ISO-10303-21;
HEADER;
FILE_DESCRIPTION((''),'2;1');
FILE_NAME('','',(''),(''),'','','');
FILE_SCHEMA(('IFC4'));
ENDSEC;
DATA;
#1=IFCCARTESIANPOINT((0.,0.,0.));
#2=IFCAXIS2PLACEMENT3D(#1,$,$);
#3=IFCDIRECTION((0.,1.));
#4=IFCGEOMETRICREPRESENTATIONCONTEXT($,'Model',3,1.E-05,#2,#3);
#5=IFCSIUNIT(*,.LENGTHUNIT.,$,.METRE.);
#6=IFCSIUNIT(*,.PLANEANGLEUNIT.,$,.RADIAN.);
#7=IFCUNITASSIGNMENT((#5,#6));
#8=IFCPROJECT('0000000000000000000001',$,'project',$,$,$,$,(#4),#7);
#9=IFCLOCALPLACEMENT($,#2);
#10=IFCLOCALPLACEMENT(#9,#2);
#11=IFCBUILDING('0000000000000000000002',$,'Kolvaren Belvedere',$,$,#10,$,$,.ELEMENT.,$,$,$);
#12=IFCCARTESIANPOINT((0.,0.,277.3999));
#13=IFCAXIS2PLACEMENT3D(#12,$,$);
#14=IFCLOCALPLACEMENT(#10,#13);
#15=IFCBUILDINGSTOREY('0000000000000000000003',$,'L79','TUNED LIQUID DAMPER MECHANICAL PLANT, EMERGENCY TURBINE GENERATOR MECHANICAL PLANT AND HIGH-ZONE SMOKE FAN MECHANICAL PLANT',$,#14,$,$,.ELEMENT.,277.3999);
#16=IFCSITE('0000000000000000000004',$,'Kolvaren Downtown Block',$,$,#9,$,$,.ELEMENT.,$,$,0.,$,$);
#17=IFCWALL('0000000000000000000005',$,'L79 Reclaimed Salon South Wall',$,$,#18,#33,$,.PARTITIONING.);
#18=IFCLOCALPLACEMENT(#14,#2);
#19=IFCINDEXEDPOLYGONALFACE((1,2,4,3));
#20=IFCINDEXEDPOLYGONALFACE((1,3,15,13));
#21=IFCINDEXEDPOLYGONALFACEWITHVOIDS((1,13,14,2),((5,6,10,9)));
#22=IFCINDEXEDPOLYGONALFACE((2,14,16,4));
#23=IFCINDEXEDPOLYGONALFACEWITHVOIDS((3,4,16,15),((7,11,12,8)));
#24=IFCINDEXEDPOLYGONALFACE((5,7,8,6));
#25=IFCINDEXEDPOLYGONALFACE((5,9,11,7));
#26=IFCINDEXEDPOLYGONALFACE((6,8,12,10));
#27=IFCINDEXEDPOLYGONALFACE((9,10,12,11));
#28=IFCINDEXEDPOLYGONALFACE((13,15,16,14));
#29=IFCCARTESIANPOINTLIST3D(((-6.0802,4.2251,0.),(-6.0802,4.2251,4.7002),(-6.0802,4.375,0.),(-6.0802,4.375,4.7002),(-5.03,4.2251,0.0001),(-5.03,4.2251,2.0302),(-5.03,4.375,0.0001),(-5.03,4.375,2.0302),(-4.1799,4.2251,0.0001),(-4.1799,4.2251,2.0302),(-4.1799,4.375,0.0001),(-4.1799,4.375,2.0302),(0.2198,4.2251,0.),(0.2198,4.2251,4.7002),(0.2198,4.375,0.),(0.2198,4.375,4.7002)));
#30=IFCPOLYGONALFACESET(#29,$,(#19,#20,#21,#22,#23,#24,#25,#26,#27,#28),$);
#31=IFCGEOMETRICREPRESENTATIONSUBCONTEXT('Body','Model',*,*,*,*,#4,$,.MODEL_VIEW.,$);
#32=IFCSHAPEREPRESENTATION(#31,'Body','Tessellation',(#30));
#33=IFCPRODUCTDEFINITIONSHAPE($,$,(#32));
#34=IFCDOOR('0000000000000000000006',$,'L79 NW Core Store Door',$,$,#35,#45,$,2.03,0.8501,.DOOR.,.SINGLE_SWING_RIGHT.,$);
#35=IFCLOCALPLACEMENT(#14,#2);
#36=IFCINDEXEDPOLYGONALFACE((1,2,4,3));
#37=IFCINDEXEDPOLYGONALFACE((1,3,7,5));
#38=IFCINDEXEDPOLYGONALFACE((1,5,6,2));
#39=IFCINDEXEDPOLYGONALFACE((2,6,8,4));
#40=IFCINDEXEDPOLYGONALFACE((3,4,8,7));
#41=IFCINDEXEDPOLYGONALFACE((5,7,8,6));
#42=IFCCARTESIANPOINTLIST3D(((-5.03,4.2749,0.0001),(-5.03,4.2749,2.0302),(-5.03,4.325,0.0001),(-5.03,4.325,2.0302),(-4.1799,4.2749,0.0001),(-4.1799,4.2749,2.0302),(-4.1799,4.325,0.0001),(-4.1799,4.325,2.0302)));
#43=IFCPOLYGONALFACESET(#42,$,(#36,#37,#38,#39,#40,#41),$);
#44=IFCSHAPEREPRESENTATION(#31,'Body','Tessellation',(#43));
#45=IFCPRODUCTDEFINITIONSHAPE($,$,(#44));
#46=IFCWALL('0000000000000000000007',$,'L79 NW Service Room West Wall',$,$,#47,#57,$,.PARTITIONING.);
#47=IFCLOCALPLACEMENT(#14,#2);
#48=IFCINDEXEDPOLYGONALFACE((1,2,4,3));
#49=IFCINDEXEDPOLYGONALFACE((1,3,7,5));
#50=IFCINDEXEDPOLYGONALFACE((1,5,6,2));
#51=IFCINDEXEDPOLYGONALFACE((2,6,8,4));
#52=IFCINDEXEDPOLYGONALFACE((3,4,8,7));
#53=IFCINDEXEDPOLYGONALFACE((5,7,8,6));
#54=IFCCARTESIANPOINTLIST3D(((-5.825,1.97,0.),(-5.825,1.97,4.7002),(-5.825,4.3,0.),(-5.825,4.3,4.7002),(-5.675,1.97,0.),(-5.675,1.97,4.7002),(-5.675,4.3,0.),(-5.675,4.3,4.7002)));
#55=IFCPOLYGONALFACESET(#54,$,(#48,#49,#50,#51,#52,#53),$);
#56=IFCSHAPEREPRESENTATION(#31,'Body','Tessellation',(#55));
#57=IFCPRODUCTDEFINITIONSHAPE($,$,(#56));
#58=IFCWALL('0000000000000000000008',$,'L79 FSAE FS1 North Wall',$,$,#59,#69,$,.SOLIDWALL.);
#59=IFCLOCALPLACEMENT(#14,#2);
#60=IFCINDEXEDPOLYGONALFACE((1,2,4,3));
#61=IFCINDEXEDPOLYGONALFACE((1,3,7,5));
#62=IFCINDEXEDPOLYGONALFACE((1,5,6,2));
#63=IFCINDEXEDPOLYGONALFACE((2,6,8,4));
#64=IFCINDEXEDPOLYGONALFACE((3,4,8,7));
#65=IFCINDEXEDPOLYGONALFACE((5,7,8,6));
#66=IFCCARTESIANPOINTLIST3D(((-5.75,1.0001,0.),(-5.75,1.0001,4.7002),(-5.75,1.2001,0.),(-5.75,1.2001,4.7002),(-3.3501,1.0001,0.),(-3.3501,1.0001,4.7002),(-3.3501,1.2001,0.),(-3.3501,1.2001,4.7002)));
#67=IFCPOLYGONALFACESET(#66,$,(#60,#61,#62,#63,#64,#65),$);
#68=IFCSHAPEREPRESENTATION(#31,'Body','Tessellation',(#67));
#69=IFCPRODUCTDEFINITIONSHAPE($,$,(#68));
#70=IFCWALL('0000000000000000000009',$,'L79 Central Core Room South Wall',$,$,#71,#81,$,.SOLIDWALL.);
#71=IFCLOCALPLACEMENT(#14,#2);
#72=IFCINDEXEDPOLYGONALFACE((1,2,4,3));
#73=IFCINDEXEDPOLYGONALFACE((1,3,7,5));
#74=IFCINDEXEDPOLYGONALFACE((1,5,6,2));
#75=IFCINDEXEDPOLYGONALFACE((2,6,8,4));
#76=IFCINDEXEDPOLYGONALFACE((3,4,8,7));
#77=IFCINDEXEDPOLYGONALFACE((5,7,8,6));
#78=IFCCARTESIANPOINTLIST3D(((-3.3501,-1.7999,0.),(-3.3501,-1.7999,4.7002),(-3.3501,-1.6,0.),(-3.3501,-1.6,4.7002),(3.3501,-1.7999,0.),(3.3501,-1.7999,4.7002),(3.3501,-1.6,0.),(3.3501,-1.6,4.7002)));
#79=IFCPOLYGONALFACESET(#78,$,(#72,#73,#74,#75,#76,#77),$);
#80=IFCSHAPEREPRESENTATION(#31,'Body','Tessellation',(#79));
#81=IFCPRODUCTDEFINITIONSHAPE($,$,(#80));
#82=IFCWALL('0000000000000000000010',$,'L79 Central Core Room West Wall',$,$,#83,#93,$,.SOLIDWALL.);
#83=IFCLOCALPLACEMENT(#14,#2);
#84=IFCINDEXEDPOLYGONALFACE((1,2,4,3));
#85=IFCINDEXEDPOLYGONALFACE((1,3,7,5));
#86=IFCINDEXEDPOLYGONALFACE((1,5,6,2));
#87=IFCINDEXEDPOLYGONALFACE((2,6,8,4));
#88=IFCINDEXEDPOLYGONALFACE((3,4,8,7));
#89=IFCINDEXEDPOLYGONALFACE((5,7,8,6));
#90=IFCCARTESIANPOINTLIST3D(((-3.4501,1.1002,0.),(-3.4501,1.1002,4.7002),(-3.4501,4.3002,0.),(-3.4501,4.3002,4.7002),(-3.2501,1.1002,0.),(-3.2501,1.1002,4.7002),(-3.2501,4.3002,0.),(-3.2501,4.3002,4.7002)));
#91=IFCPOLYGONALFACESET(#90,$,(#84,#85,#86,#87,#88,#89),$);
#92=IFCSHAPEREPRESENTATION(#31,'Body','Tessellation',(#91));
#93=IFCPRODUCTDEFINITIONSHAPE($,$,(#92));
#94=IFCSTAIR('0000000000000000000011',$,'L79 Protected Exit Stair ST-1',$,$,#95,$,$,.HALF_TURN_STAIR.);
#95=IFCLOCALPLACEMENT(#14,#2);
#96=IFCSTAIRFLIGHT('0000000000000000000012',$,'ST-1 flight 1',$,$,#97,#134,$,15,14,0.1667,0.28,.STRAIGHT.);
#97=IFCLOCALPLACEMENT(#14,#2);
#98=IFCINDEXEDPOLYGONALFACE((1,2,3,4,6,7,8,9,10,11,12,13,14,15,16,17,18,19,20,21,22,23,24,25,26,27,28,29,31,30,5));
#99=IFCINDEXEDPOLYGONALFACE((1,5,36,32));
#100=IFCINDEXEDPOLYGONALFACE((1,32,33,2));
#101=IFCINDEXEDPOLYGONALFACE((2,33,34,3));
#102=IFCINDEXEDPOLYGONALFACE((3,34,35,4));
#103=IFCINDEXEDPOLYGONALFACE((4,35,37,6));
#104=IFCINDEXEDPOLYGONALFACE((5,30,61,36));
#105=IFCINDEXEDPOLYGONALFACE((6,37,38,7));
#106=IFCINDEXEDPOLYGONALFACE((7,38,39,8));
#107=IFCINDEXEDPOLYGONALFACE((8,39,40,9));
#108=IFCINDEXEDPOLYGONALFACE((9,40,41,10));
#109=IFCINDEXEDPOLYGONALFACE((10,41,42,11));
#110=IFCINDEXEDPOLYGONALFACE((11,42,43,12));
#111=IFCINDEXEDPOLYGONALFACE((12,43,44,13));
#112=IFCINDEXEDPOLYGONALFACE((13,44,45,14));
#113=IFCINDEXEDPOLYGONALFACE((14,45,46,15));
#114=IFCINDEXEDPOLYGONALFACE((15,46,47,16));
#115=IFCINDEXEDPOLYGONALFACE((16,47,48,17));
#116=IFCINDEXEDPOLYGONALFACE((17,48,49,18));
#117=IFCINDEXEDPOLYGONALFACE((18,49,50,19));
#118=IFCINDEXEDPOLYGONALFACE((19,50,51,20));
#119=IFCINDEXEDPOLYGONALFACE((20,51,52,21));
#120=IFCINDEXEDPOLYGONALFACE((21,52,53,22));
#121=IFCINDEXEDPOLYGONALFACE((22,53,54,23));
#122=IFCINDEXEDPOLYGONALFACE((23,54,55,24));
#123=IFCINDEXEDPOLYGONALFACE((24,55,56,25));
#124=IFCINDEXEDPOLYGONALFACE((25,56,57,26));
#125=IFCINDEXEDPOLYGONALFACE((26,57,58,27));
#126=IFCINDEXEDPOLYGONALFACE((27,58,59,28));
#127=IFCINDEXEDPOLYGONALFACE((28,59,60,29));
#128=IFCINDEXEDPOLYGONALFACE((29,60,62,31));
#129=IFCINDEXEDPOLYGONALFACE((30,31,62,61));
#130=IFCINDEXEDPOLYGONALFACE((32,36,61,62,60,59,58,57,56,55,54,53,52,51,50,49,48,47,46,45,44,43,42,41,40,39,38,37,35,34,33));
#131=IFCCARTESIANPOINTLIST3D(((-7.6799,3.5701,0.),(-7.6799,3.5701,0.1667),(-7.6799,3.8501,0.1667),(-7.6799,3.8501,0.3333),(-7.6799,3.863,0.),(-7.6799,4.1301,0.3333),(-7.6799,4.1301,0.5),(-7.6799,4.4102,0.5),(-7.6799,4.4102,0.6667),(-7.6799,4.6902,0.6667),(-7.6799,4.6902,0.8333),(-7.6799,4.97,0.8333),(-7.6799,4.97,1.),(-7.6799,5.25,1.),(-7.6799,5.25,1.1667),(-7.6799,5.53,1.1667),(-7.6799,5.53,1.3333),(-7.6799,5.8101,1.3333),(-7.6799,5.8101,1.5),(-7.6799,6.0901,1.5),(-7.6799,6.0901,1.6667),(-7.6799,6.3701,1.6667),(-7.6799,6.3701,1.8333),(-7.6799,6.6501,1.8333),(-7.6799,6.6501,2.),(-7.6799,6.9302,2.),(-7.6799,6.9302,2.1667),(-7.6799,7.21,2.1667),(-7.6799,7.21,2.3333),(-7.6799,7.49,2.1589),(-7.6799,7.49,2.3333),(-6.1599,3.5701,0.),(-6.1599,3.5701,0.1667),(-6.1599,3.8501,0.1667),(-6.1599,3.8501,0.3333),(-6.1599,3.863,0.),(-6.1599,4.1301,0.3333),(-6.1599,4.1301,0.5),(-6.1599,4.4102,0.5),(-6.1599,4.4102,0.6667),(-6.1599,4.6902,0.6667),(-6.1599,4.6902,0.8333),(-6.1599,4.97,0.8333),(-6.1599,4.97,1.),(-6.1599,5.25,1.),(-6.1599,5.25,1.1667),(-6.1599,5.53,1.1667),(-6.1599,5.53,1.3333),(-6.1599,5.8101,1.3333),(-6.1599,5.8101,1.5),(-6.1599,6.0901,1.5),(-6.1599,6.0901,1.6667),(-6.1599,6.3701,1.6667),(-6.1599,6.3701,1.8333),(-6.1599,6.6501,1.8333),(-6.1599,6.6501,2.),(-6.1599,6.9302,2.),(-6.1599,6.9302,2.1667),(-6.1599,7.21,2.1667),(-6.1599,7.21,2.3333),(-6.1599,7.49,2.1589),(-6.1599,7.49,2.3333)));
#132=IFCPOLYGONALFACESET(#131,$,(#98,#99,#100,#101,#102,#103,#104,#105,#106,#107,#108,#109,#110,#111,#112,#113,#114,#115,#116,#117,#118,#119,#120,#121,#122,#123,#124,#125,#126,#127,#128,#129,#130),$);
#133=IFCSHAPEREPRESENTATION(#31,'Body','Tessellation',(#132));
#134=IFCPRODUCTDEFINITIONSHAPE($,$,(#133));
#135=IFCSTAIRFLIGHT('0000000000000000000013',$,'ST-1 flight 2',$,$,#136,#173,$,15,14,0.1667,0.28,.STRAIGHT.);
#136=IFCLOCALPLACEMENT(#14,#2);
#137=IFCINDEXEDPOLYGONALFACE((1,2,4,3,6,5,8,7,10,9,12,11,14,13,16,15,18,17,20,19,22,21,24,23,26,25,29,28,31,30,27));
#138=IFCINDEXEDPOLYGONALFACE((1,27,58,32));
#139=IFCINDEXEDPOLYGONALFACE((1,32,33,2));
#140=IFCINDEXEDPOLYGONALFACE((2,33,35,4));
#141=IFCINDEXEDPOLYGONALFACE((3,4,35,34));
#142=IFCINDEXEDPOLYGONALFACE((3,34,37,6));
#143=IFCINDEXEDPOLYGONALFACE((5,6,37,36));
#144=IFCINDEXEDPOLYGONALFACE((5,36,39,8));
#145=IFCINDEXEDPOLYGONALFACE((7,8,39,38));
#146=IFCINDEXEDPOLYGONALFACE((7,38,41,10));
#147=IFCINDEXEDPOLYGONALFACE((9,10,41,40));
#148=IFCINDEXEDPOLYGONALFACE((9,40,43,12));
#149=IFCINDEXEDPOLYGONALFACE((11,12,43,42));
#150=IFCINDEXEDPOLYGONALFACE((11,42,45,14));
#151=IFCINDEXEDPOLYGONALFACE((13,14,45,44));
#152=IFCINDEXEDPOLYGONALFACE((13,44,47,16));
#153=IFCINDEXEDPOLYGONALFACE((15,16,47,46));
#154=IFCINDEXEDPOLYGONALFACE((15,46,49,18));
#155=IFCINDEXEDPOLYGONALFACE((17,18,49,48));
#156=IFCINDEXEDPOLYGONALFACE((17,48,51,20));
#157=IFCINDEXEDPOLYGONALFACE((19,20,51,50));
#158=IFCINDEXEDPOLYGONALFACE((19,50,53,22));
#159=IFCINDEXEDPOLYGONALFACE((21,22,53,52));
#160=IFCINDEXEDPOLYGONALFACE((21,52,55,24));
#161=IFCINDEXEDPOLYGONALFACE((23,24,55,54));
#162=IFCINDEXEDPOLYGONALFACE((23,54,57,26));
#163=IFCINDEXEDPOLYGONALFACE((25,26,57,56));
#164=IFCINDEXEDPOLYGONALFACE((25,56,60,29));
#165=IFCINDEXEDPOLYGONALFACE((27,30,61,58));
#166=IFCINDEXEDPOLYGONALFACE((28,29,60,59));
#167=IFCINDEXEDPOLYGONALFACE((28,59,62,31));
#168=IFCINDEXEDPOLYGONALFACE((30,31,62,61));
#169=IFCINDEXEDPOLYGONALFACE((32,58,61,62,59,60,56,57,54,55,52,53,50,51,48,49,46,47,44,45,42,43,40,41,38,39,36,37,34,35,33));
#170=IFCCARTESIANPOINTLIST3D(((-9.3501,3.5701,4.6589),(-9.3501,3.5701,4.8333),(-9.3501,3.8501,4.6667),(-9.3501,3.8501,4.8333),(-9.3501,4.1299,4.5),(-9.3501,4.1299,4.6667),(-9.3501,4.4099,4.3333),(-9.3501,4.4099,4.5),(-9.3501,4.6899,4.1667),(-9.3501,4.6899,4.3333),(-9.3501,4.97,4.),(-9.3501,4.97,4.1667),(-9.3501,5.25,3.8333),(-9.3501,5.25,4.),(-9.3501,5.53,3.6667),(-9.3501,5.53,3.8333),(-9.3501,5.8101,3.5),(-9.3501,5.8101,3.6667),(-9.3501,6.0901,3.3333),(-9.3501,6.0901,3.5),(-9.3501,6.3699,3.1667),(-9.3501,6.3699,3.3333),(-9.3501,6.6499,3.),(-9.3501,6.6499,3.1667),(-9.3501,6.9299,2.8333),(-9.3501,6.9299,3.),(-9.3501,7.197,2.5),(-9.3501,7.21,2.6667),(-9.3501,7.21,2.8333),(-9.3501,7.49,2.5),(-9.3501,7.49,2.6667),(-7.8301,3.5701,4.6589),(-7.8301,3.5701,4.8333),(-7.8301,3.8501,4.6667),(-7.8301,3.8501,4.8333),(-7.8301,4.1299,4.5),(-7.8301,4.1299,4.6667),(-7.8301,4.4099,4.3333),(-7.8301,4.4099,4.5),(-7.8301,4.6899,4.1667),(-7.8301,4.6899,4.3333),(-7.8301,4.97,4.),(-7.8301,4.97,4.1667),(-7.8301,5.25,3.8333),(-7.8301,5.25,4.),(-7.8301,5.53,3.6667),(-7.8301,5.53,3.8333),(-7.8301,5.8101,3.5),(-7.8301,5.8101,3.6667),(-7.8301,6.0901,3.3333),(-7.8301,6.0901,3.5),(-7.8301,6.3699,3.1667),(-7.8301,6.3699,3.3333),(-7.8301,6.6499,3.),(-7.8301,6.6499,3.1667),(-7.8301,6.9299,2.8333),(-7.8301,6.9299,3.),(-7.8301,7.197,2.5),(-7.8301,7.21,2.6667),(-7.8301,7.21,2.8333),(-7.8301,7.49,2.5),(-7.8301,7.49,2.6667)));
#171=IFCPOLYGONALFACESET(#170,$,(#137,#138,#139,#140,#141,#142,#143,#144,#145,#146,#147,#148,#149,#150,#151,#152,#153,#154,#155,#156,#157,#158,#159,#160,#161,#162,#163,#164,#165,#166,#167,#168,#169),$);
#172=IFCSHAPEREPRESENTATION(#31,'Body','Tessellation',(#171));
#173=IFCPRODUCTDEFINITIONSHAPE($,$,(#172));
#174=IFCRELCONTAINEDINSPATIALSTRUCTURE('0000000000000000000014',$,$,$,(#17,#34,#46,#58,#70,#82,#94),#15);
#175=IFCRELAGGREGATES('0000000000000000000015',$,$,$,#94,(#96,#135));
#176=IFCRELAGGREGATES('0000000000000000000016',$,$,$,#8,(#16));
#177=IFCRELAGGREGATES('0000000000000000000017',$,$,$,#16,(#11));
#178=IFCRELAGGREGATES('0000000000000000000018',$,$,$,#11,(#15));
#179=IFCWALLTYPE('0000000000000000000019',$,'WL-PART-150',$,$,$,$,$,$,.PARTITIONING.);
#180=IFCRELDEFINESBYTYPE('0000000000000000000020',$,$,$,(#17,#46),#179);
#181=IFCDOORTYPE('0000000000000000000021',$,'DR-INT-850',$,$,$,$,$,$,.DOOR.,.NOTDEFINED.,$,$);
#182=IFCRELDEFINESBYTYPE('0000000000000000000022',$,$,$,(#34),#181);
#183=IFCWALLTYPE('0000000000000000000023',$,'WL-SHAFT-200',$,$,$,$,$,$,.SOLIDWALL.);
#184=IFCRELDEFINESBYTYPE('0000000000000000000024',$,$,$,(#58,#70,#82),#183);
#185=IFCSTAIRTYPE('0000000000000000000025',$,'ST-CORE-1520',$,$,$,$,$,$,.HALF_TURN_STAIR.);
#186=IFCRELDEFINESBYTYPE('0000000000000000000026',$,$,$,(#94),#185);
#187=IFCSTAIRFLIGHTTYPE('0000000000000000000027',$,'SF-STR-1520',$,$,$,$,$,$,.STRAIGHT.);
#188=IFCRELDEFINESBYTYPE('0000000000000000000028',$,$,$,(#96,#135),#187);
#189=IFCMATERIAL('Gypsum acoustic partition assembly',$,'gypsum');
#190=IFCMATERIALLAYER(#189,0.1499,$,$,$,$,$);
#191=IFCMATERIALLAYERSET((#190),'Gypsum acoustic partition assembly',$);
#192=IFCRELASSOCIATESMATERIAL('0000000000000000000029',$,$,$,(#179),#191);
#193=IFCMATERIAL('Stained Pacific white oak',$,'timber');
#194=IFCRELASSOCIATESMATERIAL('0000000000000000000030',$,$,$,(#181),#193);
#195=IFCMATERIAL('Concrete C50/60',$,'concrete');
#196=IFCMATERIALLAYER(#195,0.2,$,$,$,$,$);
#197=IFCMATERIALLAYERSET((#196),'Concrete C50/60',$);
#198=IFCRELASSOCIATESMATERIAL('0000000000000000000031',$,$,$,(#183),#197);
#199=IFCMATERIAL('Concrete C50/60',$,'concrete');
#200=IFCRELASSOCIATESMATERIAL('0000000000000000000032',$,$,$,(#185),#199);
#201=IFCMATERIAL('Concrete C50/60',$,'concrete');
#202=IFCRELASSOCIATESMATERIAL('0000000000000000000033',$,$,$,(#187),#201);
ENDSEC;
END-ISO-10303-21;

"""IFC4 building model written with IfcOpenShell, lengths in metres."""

from ifc_helpers import new_model, si_unit, direction, frame, frame_2d, origin, place, context, subcontext, project, spatial, polyline, rectangle, outline, extrude, material, layer, layer_set, type_object, element, fill, aggregate, save


model = new_model("IFC4")

# Units and contexts
model_context = context("Model", 3, precision=1e-05, world=origin(), true_north=direction((0.0, 1.0)))
body_context = subcontext(model_context, "Body", "Model", "MODEL_VIEW")
ifc_project = project(units=[si_unit("LENGTHUNIT", "METRE"), si_unit("PLANEANGLEUNIT", "RADIAN")], contexts=[model_context])

# Site, building, storey
site_placement = place(None, origin())
site = spatial("IfcSite", under=ifc_project, at=site_placement, Name="Kolvaren Downtown Block", CompositionType="ELEMENT", RefElevation=0.0)
building_placement = place(site_placement, origin())
building = spatial("IfcBuilding", under=site, at=building_placement, Name="Kolvaren Belvedere", CompositionType="ELEMENT")
storey_placement = place(building_placement, frame((0.0, 0.0, 277.3999)))
storey = spatial("IfcBuildingStorey", under=building, at=storey_placement, Name="L79", Description="TUNED LIQUID DAMPER MECHANICAL PLANT, EMERGENCY TURBINE GENERATOR MECHANICAL PLANT AND HIGH-ZONE SMOKE FAN MECHANICAL PLANT", CompositionType="ELEMENT", Elevation=277.3999)

# Wall, opening, door
ifc_material_1 = material(Name="Gypsum acoustic partition assembly", Category="gypsum")
ifc_layer_1 = layer(ifc_material_1, 0.1499)
ifc_layer_set_1 = layer_set([ifc_layer_1], Name="Gypsum acoustic partition assembly")
wall_type_1 = type_object("IfcWallType", Name="WL-PART-150", PredefinedType="PARTITIONING", material=ifc_layer_set_1)
wall_1_placement = place(storey_placement, frame((-6.0801, 4.3, 0.0), z_axis=(0.0, 0.0, 1.0), x_axis=(1.0, 0.0, 0.0)))
wall_1 = element("IfcWall", 1, at=wall_1_placement, inside=storey, type_object=wall_type_1, Name="L79 Reclaimed Salon South Wall", PredefinedType="PARTITIONING", context=body_context, shape_type="SweptSolid", body=[
    extrude(rectangle(XDim=6.3, YDim=0.1499, at=frame_2d((3.1499, 0.0))), origin(), (0.0, 0.0, 1.0), 4.7002),
])
opening_1_placement = place(wall_1_placement, frame((1.05, 0.0, 0.0)))
opening_1 = element("IfcOpeningElement", 2, at=opening_1_placement, cuts=wall_1, PredefinedType="OPENING", context=body_context, shape_type="SweptSolid", body=[
    extrude(rectangle(XDim=0.8501, YDim=2.03, at=frame_2d((0.425, 1.0151))), frame((0.0, 0.085, 0.0), z_axis=(0.0, -1.0, 0.0), x_axis=(1.0, 0.0, 0.0)), (0.0, 0.0, 1.0), 0.1699),
])
ifc_material_2 = material(Name="Stained Pacific white oak", Category="timber")
door_type_1 = type_object("IfcDoorType", Name="DR-INT-850", OperationType="NOTDEFINED", PredefinedType="DOOR", material=ifc_material_2)
door_1_placement = place(opening_1_placement, origin())
door_1 = element("IfcDoor", 3, at=door_1_placement, inside=storey, type_object=door_type_1, Name="L79 NW Core Store Door", OperationType="SINGLE_SWING_RIGHT", OverallHeight=2.03, OverallWidth=0.8501, PredefinedType="DOOR", context=body_context, shape_type="SweptSolid", body=[
    extrude(rectangle(XDim=0.8501, YDim=2.03, at=frame_2d((0.425, 1.0151))), frame((0.0, 0.0249, 0.0), z_axis=(0.0, -1.0, 0.0), x_axis=(1.0, 0.0, 0.0)), (0.0, 0.0, 1.0), 0.05),
])
fill(opening_1, door_1)

# Walls
wall_2_placement = place(storey_placement, frame((-5.75, 1.97, 0.0), z_axis=(0.0, 0.0, 1.0), x_axis=(0.0, 1.0, 0.0)))
element("IfcWall", 4, at=wall_2_placement, inside=storey, type_object=wall_type_1, Name="L79 NW Service Room West Wall", PredefinedType="PARTITIONING", context=body_context, shape_type="SweptSolid", body=[
    extrude(rectangle(XDim=2.3301, YDim=0.1499, at=frame_2d((1.165, 0.0))), origin(), (0.0, 0.0, 1.0), 4.7002),
])
ifc_material_3 = material(Name="Concrete C50/60", Category="concrete")
ifc_layer_2 = layer(ifc_material_3, 0.2)
ifc_layer_set_2 = layer_set([ifc_layer_2], Name="Concrete C50/60")
wall_type_2 = type_object("IfcWallType", Name="WL-SHAFT-200", PredefinedType="SOLIDWALL", material=ifc_layer_set_2)
wall_3_placement = place(storey_placement, frame((-5.75, 1.1001, 0.0), z_axis=(0.0, 0.0, 1.0), x_axis=(1.0, 0.0, 0.0)))
element("IfcWall", 5, at=wall_3_placement, inside=storey, type_object=wall_type_2, Name="L79 FSAE FS1 North Wall", PredefinedType="SOLIDWALL", context=body_context, shape_type="SweptSolid", body=[
    extrude(rectangle(XDim=2.3999, YDim=0.2, at=frame_2d((1.2, 0.0))), origin(), (0.0, 0.0, 1.0), 4.7002),
])
wall_4_placement = place(storey_placement, frame((-3.3501, -1.7, 0.0), z_axis=(0.0, 0.0, 1.0), x_axis=(1.0, 0.0, 0.0)))
element("IfcWall", 6, at=wall_4_placement, inside=storey, type_object=wall_type_2, Name="L79 Central Core Room South Wall", PredefinedType="SOLIDWALL", context=body_context, shape_type="SweptSolid", body=[
    extrude(rectangle(XDim=6.7002, YDim=0.2, at=frame_2d((3.3501, 0.0))), origin(), (0.0, 0.0, 1.0), 4.7002),
])
wall_5_placement = place(storey_placement, frame((-3.3501, 1.1001, 0.0), z_axis=(0.0, 0.0, 1.0), x_axis=(0.0, 1.0, 0.0)))
element("IfcWall", 7, at=wall_5_placement, inside=storey, type_object=wall_type_2, Name="L79 Central Core Room West Wall", PredefinedType="SOLIDWALL", context=body_context, shape_type="SweptSolid", body=[
    extrude(rectangle(XDim=3.2, YDim=0.2, at=frame_2d((1.6001, 0.0))), origin(), (0.0, 0.0, 1.0), 4.7002),
])

# Stair, stair flights
ifc_material_4 = material(Name="Concrete C50/60", Category="concrete")
stair_type = type_object("IfcStairType", Name="ST-CORE-1520", PredefinedType="HALF_TURN_STAIR", material=ifc_material_4)
stair_placement = place(storey_placement, origin())
stair = element("IfcStair", 8, at=stair_placement, inside=storey, type_object=stair_type, Name="L79 Protected Exit Stair ST-1", PredefinedType="HALF_TURN_STAIR")
ifc_material_5 = material(Name="Concrete C50/60", Category="concrete")
stair_flight_type = type_object("IfcStairFlightType", Name="SF-STR-1520", PredefinedType="STRAIGHT", material=ifc_material_5)
stair_flight_1_placement = place(storey_placement, frame((-6.9199, 3.5701, 0.0), z_axis=(0.0, 0.0, 1.0), x_axis=(0.0, 1.0, 0.0)))
stair_flight_1 = element("IfcStairFlight", 9, at=stair_flight_1_placement, type_object=stair_flight_type, Name="ST-1 flight 1", NumberOfRisers=15, NumberOfTreads=14, PredefinedType="STRAIGHT", RiserHeight=0.1667, TreadLength=0.28, context=body_context, shape_type="SweptSolid", body=[
    extrude(outline(polyline([(0.0, 0.0), (0.0, 0.1667), (0.28, 0.1667), (0.28, 0.3333), (0.5601, 0.3333), (0.5601, 0.5), (0.8401, 0.5), (0.8401, 0.6667), (1.1201, 0.6667), (1.1201, 0.8333), (1.3999, 0.8333), (1.3999, 1.0), (1.6799, 1.0), (1.6799, 1.1667), (1.96, 1.1667), (1.96, 1.3333), (2.24, 1.3333), (2.24, 1.5), (2.52, 1.5), (2.52, 1.6667), (2.8, 1.6667), (2.8, 1.8333), (3.0801, 1.8333), (3.0801, 2.0), (3.3601, 2.0), (3.3601, 2.1667), (3.6399, 2.1667), (3.6399, 2.3333), (3.9199, 2.3333), (3.9199, 2.5), (3.9199, 2.1589), (0.293, 0.0), (0.0, 0.0)])), frame((0.0, 0.76, 0.0), z_axis=(0.0, -1.0, 0.0), x_axis=(1.0, 0.0, 0.0)), (0.0, 0.0, 1.0), 1.52),
])
stair_flight_2_placement = place(storey_placement, frame((-8.5901, 7.49, 2.5), z_axis=(0.0, 0.0, 1.0), x_axis=(0.0, -1.0, 0.0)))
stair_flight_2 = element("IfcStairFlight", 10, at=stair_flight_2_placement, type_object=stair_flight_type, Name="ST-1 flight 2", NumberOfRisers=15, NumberOfTreads=14, PredefinedType="STRAIGHT", RiserHeight=0.1667, TreadLength=0.28, context=body_context, shape_type="SweptSolid", body=[
    extrude(outline(polyline([(0.0, 0.0), (0.0, 0.1667), (0.28, 0.1667), (0.28, 0.3333), (0.5601, 0.3333), (0.5601, 0.5), (0.8401, 0.5), (0.8401, 0.6667), (1.1201, 0.6667), (1.1201, 0.8333), (1.3999, 0.8333), (1.3999, 1.0), (1.6799, 1.0), (1.6799, 1.1667), (1.96, 1.1667), (1.96, 1.3333), (2.24, 1.3333), (2.24, 1.5), (2.52, 1.5), (2.52, 1.6667), (2.8, 1.6667), (2.8, 1.8333), (3.0801, 1.8333), (3.0801, 2.0), (3.3601, 2.0), (3.3601, 2.1667), (3.6399, 2.1667), (3.6399, 2.3333), (3.9199, 2.3333), (3.9199, 2.5), (3.9199, 2.1589), (0.293, 0.0), (0.0, 0.0)])), frame((0.0, 0.76, 0.0), z_axis=(0.0, -1.0, 0.0), x_axis=(1.0, 0.0, 0.0)), (0.0, 0.0, 1.0), 1.52),
])
aggregate(stair, [stair_flight_1, stair_flight_2])

save(model, "model.ifc")
